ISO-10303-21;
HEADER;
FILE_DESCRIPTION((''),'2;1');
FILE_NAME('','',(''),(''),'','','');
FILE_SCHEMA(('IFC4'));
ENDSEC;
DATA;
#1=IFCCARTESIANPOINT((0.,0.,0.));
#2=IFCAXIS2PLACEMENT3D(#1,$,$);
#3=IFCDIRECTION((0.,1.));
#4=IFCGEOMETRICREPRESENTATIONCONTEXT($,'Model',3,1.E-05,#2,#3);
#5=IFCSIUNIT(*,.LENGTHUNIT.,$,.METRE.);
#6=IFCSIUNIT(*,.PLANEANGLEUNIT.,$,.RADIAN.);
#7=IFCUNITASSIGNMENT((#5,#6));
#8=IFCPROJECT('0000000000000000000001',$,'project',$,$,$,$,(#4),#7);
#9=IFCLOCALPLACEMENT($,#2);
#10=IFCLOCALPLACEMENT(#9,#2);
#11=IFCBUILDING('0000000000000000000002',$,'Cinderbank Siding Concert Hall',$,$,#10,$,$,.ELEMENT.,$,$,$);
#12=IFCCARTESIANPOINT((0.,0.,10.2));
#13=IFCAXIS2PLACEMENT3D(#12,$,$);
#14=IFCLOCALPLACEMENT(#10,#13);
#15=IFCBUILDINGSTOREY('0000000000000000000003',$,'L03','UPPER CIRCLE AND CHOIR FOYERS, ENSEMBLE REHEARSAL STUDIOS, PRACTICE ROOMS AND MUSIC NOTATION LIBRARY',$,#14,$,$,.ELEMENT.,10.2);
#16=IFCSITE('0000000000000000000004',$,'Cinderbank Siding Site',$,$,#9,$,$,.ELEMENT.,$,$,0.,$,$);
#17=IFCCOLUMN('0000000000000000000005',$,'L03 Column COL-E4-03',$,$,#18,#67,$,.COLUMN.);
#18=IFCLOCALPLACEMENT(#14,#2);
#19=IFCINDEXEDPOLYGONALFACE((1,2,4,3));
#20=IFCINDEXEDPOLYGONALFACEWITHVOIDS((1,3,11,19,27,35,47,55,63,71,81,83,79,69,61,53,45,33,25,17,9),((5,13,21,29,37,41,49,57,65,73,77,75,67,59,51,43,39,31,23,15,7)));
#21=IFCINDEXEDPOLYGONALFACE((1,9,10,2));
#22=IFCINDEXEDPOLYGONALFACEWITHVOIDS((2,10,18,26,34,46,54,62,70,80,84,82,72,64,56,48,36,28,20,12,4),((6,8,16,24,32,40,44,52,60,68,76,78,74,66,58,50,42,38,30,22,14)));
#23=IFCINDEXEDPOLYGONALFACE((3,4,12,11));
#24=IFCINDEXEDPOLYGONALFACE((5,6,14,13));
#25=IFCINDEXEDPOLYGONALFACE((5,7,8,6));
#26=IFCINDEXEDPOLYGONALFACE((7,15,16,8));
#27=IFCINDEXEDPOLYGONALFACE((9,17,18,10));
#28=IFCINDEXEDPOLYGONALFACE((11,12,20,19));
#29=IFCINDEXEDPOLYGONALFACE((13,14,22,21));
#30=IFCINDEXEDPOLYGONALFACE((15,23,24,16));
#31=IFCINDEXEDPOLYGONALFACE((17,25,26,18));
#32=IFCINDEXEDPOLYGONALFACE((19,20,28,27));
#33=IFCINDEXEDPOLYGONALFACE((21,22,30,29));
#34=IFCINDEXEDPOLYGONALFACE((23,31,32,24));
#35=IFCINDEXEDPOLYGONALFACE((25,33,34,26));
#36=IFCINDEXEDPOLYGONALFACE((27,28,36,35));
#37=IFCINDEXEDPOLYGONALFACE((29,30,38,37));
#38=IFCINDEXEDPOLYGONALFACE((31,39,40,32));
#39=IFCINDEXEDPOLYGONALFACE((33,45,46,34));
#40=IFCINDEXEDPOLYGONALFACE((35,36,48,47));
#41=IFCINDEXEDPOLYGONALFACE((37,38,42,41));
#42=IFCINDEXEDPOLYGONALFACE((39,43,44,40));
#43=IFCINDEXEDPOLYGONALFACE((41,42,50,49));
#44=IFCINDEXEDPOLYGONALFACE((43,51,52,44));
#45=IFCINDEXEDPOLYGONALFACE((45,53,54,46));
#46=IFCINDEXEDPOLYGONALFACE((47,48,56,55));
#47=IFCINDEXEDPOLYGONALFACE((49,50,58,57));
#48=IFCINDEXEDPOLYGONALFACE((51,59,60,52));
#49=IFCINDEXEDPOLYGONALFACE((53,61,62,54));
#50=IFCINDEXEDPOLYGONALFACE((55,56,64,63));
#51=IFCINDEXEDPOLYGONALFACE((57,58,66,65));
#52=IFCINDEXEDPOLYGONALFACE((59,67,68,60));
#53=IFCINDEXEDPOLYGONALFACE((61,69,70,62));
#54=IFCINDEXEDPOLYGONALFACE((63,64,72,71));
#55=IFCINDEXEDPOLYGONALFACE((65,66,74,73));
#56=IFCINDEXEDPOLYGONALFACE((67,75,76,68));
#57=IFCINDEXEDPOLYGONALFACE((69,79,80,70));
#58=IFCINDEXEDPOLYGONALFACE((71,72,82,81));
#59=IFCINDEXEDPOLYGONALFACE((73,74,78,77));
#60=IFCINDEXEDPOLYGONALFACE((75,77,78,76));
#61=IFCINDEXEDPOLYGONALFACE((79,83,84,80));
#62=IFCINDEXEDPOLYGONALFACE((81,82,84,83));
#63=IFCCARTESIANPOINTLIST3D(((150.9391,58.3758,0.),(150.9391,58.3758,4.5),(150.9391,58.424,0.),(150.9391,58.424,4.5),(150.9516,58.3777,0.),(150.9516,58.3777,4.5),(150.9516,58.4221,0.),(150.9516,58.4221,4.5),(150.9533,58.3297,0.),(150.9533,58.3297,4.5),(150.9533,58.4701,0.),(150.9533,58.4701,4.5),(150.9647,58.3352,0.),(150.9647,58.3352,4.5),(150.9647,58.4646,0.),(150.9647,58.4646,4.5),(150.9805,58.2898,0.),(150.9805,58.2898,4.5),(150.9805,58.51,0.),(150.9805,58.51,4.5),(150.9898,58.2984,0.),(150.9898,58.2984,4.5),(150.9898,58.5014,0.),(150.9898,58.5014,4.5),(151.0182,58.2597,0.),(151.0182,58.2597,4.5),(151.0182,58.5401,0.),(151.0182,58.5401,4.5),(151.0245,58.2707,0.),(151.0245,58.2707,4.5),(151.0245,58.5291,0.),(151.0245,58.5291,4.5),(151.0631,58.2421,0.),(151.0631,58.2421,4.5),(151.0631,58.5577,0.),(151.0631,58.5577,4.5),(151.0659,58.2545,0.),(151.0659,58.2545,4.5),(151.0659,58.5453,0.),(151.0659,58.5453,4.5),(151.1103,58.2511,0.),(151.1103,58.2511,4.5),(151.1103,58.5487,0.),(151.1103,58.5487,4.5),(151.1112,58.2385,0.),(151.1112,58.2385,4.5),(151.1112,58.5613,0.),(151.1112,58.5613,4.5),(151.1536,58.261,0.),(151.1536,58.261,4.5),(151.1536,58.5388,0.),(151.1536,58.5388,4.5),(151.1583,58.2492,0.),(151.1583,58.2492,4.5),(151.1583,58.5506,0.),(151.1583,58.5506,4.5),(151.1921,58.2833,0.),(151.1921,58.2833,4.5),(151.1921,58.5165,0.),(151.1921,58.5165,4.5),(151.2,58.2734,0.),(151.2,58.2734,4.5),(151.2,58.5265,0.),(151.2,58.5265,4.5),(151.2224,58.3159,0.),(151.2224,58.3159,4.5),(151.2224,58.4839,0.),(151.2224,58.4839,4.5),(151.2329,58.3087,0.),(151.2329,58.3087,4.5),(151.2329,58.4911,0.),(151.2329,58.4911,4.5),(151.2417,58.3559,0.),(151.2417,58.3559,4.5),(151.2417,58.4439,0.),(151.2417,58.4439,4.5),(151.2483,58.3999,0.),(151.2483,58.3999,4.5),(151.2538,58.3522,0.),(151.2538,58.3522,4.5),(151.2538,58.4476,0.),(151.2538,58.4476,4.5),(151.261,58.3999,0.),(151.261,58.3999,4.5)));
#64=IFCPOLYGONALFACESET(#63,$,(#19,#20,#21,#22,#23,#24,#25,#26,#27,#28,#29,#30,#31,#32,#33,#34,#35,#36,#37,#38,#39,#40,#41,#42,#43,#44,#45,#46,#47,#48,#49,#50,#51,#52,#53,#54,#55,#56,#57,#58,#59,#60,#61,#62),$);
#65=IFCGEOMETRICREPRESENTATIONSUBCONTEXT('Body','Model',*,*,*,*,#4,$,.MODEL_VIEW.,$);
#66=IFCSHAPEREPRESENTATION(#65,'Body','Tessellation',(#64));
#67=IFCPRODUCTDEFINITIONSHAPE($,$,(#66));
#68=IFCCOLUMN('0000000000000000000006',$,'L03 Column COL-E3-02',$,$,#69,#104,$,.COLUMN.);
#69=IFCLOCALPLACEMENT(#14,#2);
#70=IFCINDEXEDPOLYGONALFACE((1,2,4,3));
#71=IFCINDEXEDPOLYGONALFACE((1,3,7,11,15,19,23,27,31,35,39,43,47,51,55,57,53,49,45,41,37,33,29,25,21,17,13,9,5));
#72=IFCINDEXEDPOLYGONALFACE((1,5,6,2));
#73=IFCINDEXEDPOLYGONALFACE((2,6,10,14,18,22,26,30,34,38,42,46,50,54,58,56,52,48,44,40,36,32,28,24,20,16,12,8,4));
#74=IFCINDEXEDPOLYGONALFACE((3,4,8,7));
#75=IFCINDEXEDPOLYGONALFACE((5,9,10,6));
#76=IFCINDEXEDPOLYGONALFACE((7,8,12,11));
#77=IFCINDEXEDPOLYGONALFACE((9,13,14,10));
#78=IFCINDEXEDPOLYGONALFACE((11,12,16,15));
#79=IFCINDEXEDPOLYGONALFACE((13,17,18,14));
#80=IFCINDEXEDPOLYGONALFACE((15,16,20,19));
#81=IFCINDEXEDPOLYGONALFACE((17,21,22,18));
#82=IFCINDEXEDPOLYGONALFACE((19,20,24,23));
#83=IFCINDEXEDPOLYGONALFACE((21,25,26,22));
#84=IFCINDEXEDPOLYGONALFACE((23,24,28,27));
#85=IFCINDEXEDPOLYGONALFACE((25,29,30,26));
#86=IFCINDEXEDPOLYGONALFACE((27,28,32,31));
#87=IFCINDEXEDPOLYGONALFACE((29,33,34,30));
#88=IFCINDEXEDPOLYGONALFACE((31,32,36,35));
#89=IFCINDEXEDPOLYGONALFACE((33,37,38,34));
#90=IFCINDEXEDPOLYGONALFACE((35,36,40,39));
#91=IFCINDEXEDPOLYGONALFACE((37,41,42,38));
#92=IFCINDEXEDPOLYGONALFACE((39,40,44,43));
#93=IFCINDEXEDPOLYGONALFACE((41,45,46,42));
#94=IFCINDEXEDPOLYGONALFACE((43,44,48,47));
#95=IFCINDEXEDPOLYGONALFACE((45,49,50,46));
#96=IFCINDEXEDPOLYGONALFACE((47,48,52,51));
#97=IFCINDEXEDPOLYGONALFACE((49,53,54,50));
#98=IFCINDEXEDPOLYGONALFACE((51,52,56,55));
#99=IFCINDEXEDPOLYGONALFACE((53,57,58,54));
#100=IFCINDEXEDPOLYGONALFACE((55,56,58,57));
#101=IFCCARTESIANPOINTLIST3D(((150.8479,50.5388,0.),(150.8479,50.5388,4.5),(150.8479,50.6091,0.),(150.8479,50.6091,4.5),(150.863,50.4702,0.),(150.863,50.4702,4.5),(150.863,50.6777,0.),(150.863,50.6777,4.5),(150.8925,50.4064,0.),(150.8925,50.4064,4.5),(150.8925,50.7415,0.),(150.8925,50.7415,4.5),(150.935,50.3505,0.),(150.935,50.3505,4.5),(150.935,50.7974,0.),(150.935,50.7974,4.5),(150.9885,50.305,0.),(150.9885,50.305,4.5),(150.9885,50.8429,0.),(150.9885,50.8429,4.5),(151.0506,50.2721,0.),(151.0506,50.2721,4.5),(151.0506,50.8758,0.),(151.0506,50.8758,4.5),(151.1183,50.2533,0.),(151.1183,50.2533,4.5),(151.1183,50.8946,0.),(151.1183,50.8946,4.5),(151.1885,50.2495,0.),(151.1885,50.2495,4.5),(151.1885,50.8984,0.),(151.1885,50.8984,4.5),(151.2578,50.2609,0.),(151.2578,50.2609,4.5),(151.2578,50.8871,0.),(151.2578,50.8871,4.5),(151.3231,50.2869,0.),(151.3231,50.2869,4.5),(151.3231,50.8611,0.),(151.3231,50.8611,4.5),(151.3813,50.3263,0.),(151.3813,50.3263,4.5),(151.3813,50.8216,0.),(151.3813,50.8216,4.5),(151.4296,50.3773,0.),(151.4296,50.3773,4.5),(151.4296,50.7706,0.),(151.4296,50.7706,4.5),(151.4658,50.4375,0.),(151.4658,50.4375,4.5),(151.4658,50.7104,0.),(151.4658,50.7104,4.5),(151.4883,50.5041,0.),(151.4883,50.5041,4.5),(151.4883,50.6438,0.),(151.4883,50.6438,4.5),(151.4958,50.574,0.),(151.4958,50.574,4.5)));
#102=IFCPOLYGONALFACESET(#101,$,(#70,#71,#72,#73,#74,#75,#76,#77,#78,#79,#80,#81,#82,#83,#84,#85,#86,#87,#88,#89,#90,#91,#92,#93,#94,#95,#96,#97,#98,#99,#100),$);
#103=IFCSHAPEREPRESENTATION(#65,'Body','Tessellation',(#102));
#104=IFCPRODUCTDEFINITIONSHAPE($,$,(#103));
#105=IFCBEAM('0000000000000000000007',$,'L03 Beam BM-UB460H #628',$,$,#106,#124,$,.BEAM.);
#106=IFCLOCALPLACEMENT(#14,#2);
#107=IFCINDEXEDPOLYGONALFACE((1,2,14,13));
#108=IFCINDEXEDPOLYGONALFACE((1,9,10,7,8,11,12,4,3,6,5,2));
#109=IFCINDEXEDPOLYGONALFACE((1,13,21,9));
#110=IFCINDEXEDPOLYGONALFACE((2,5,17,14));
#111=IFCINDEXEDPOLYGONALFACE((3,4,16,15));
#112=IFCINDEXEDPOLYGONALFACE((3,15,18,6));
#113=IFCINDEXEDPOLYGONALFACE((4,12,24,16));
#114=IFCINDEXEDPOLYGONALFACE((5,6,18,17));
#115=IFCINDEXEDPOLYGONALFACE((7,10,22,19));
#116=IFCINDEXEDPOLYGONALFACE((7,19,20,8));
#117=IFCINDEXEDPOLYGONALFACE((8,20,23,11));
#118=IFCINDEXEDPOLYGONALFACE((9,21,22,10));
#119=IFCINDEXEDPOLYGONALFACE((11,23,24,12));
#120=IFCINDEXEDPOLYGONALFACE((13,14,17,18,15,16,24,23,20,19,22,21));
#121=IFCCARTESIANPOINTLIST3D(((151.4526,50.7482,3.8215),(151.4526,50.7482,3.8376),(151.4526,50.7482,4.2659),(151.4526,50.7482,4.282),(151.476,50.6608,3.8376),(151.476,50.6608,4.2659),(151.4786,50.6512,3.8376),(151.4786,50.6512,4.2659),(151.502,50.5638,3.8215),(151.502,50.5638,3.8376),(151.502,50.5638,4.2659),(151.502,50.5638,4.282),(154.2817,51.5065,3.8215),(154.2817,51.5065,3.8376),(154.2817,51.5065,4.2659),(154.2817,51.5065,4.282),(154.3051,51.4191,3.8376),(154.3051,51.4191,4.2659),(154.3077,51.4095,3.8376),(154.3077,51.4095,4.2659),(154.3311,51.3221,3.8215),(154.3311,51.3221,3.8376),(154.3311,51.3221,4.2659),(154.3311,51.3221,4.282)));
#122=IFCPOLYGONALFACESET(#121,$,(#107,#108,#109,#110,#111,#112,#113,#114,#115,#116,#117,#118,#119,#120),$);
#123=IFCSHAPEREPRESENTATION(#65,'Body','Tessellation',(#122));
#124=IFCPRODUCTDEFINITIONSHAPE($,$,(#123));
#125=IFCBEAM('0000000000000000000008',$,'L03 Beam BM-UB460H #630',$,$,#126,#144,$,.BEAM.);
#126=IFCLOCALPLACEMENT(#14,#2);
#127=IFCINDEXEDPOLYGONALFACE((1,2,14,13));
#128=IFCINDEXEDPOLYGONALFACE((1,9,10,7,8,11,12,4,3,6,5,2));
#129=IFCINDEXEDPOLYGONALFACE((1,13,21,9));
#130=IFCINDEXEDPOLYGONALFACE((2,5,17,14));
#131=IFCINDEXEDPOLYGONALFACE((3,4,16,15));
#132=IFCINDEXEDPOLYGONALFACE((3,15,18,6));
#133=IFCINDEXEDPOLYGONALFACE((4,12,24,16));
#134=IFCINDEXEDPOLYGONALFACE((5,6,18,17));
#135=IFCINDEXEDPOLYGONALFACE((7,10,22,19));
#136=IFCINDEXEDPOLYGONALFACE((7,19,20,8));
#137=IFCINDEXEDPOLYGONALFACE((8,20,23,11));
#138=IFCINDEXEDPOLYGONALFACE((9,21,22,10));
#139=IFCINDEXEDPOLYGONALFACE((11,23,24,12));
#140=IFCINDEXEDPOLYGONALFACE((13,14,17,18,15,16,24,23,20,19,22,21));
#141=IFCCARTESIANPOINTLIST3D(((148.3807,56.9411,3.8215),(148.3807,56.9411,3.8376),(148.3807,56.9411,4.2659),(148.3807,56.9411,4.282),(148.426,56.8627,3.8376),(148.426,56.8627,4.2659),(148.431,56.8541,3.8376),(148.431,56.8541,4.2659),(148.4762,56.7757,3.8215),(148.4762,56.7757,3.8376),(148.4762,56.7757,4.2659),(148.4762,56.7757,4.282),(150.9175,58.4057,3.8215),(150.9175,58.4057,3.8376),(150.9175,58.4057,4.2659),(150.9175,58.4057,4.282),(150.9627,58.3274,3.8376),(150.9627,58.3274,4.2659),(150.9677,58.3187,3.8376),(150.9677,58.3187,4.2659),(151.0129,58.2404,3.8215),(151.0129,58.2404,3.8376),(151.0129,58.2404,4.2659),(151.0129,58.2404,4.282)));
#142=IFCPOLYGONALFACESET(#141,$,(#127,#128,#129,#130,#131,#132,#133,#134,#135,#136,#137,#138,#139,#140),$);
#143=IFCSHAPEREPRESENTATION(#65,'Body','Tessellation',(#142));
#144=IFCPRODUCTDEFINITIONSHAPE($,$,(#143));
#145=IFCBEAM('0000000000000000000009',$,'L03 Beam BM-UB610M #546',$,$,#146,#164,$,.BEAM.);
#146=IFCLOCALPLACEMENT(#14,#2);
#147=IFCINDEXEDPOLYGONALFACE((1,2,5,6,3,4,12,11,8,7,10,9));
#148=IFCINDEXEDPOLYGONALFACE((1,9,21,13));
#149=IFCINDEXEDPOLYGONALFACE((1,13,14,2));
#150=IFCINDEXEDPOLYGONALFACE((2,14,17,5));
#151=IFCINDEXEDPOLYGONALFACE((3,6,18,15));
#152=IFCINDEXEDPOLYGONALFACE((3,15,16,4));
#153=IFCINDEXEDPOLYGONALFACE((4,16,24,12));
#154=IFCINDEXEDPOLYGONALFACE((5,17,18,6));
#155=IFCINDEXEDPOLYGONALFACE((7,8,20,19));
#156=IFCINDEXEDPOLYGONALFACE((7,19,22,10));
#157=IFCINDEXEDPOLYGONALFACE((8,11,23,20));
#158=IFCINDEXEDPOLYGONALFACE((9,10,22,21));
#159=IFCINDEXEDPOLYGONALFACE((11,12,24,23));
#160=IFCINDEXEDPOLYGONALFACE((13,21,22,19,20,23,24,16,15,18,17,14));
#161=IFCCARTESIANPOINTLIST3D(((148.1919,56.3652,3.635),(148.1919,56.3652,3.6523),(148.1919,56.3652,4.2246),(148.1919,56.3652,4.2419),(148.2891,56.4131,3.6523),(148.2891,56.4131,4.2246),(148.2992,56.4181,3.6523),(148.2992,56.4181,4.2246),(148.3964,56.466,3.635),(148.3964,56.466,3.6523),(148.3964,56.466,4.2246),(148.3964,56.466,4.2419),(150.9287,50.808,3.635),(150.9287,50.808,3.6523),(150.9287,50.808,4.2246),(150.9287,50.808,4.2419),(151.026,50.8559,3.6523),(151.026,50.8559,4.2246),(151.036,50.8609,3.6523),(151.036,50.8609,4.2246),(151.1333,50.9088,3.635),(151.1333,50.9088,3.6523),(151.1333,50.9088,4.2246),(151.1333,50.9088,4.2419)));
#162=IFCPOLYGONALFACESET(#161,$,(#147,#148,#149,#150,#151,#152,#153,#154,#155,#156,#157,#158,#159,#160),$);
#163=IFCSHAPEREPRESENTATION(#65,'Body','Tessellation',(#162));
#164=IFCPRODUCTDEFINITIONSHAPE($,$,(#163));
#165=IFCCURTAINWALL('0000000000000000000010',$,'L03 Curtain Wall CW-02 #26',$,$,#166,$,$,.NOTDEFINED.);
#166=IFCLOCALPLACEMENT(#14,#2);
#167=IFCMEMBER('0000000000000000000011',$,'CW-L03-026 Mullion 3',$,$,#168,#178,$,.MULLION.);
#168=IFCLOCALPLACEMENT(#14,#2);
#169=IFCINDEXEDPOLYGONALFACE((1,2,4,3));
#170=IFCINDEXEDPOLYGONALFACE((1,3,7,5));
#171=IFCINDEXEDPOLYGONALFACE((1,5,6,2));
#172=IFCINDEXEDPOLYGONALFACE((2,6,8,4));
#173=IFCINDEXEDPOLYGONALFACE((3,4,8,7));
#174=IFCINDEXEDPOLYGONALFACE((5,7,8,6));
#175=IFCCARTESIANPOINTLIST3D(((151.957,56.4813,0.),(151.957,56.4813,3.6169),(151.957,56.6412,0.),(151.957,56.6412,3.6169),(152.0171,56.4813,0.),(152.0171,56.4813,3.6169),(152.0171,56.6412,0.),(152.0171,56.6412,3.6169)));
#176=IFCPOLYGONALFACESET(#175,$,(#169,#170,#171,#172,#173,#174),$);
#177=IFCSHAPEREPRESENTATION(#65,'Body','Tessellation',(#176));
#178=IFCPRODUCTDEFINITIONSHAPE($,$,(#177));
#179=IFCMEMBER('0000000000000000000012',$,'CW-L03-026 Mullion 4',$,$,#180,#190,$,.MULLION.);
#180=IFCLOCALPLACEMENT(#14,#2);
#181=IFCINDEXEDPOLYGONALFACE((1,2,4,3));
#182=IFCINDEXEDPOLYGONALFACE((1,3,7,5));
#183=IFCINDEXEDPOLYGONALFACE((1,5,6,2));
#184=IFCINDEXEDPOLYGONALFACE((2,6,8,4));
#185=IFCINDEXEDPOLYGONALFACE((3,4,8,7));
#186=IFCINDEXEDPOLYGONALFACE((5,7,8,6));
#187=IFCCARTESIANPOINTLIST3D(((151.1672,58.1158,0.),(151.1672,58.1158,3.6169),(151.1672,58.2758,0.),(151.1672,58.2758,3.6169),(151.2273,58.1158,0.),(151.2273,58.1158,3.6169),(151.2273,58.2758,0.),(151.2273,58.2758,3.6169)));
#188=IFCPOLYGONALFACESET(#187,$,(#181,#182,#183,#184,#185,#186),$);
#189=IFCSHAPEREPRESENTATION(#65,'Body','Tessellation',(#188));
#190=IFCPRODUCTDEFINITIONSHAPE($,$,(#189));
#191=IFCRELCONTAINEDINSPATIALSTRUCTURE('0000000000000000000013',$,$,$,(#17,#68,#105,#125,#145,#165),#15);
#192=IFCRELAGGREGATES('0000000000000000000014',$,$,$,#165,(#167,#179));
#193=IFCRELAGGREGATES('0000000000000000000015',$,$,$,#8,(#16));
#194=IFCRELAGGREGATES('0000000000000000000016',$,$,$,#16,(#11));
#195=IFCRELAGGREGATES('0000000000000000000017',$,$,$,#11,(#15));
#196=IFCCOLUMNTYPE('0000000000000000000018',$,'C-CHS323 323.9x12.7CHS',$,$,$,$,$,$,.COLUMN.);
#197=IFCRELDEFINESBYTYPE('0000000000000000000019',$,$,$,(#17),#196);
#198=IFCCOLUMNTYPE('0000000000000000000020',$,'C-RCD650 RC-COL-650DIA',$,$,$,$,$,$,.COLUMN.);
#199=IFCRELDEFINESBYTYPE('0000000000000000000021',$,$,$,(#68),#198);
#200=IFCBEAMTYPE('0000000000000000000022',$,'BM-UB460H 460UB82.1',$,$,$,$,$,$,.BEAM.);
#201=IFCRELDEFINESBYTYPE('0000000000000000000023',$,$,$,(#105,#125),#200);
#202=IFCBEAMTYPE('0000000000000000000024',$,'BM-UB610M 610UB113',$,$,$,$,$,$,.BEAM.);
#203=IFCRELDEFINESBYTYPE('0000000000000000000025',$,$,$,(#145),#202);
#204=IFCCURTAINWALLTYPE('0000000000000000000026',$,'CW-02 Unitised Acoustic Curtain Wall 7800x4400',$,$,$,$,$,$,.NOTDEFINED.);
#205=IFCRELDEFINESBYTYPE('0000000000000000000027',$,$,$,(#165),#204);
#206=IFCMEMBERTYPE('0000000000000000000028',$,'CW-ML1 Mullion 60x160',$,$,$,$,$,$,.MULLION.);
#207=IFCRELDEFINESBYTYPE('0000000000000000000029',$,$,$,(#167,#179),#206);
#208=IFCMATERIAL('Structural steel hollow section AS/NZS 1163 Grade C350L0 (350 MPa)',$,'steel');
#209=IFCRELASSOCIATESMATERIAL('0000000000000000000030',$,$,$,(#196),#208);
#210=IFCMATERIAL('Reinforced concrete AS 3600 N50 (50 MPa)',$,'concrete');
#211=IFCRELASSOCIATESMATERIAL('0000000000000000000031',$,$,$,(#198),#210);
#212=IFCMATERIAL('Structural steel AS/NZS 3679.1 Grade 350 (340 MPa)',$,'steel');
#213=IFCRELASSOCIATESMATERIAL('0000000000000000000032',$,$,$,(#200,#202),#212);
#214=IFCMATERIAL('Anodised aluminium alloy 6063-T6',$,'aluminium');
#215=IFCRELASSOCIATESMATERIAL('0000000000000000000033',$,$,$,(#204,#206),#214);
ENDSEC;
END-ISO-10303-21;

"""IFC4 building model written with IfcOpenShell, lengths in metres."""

from ifc_helpers import new_model, si_unit, direction, frame, origin, origin_2d, place, context, subcontext, project, spatial, rectangle, circle, hollow_circle, i_section, extrude, material, material_profile, profile_set, type_object, element, aggregate, save


model = new_model("IFC4")

# Units and contexts
model_context = context("Model", 3, precision=1e-05, world=origin(), true_north=direction((0.0, 1.0)))
body_context = subcontext(model_context, "Body", "Model", "MODEL_VIEW")
ifc_project = project(units=[si_unit("LENGTHUNIT", "METRE"), si_unit("PLANEANGLEUNIT", "RADIAN")], contexts=[model_context])

# Site, building, storey
site_placement = place(None, origin())
site = spatial("IfcSite", under=ifc_project, at=site_placement, Name="Cinderbank Siding Site", CompositionType="ELEMENT", RefElevation=0.0)
building_placement = place(site_placement, origin())
building = spatial("IfcBuilding", under=site, at=building_placement, Name="Cinderbank Siding Concert Hall", CompositionType="ELEMENT")
storey_placement = place(building_placement, frame((0.0, 0.0, 10.2)))
storey = spatial("IfcBuildingStorey", under=building, at=storey_placement, Name="L03", Description="UPPER CIRCLE AND CHOIR FOYERS, ENSEMBLE REHEARSAL STUDIOS, PRACTICE ROOMS AND MUSIC NOTATION LIBRARY", CompositionType="ELEMENT", Elevation=10.2)

# Columns
ifc_material_1 = material(Name="Structural steel hollow section AS/NZS 1163 Grade C350L0 (350 MPa)", Category="steel")
ifc_material_profile_1 = material_profile(ifc_material_1, hollow_circle(Radius=0.1619, WallThickness=0.0127, at=origin_2d()), Name="323.9x12.7CHS", Category="LoadBearing")
ifc_profile_set_1 = profile_set([ifc_material_profile_1], Name="Structural steel hollow section AS/NZS 1163 Grade C350L0 (350 MPa)")
column_type_1 = type_object("IfcColumnType", Name="C-CHS323 323.9x12.7CHS", PredefinedType="COLUMN", material=ifc_profile_set_1)
column_1_placement = place(storey_placement, frame((151.0991, 58.3999, 0.0), z_axis=(0.0, 0.0, 1.0), x_axis=(1.0, 0.0, 0.0)))
element("IfcColumn", 1, at=column_1_placement, inside=storey, type_object=column_type_1, Name="L03 Column COL-E4-03", PredefinedType="COLUMN", context=body_context, shape_type="SweptSolid", body=[
    extrude(hollow_circle(Radius=0.1619, WallThickness=0.0127, at=origin_2d()), origin(), (0.0, 0.0, 1.0), 4.5),
])
ifc_material_2 = material(Name="Reinforced concrete AS 3600 N50 (50 MPa)", Category="concrete")
ifc_material_profile_2 = material_profile(ifc_material_2, circle(Radius=0.325, at=origin_2d()), Name="RC-COL-650DIA", Category="LoadBearing")
ifc_profile_set_2 = profile_set([ifc_material_profile_2], Name="Reinforced concrete AS 3600 N50 (50 MPa)")
column_type_2 = type_object("IfcColumnType", Name="C-RCD650 RC-COL-650DIA", PredefinedType="COLUMN", material=ifc_profile_set_2)
column_2_placement = place(storey_placement, frame((151.1709, 50.574, 0.0), z_axis=(0.0, 0.0, 1.0), x_axis=(1.0, 0.0, 0.0)))
element("IfcColumn", 2, at=column_2_placement, inside=storey, type_object=column_type_2, Name="L03 Column COL-E3-02", PredefinedType="COLUMN", context=body_context, shape_type="SweptSolid", body=[
    extrude(circle(Radius=0.325, at=origin_2d()), origin(), (0.0, 0.0, 1.0), 4.5),
])

# Beams
ifc_material_3 = material(Name="Structural steel AS/NZS 3679.1 Grade 350 (340 MPa)", Category="steel")
ifc_material_profile_3 = material_profile(ifc_material_3, i_section(OverallWidth=0.1909, OverallDepth=0.4604, WebThickness=0.01, FlangeThickness=0.0161, at=origin_2d()), Name="460UB82.1", Category="LoadBearing")
ifc_profile_set_3 = profile_set([ifc_material_profile_3], Name="Structural steel AS/NZS 3679.1 Grade 350 (340 MPa)")
beam_type_1 = type_object("IfcBeamType", Name="BM-UB460H 460UB82.1", PredefinedType="BEAM", material=ifc_profile_set_3)
beam_1_placement = place(storey_placement, frame((151.4773, 50.656, 4.0518), z_axis=(0.965905, 0.258897, 0.0), x_axis=(-0.258897, 0.965905, 0.0)))
element("IfcBeam", 3, at=beam_1_placement, inside=storey, type_object=beam_type_1, Name="L03 Beam BM-UB460H #628", PredefinedType="BEAM", context=body_context, shape_type="SweptSolid", body=[
    extrude(i_section(OverallWidth=0.1909, OverallDepth=0.4604, WebThickness=0.01, FlangeThickness=0.0161, at=origin_2d()), origin(), (0.0, 0.0, 1.0), 2.929),
])
beam_2_placement = place(storey_placement, frame((148.4285, 56.8584, 4.0518), z_axis=(0.866013, 0.500021, 0.0), x_axis=(-0.500021, 0.866013, 0.0)))
element("IfcBeam", 4, at=beam_2_placement, inside=storey, type_object=beam_type_1, Name="L03 Beam BM-UB460H #630", PredefinedType="BEAM", context=body_context, shape_type="SweptSolid", body=[
    extrude(i_section(OverallWidth=0.1909, OverallDepth=0.4604, WebThickness=0.01, FlangeThickness=0.0161, at=origin_2d()), origin(), (0.0, 0.0, 1.0), 2.9292),
])
ifc_material_profile_4 = material_profile(ifc_material_3, i_section(OverallWidth=0.228, OverallDepth=0.6069, WebThickness=0.0112, FlangeThickness=0.0173, at=origin_2d()), Name="610UB113", Category="LoadBearing")
ifc_profile_set_4 = profile_set([ifc_material_profile_4], Name="Structural steel AS/NZS 3679.1 Grade 350 (340 MPa)")
beam_type_2 = type_object("IfcBeamType", Name="BM-UB610M 610UB113", PredefinedType="BEAM", material=ifc_profile_set_4)
beam_3_placement = place(storey_placement, frame((151.031, 50.8584, 3.9385), z_axis=(-0.441814, 0.897107, 0.0), x_axis=(-0.897107, -0.441814, 0.0)))
element("IfcBeam", 5, at=beam_3_placement, inside=storey, type_object=beam_type_2, Name="L03 Beam BM-UB610M #546", PredefinedType="BEAM", context=body_context, shape_type="SweptSolid", body=[
    extrude(i_section(OverallWidth=0.228, OverallDepth=0.6069, WebThickness=0.0112, FlangeThickness=0.0173, at=origin_2d()), origin(), (0.0, 0.0, 1.0), 6.1946),
])

# Curtain wall, members
ifc_material_4 = material(Name="Anodised aluminium alloy 6063-T6", Category="aluminium")
curtain_wall_type_1 = type_object("IfcCurtainWallType", Name="CW-02 Unitised Acoustic Curtain Wall 7800x4400", PredefinedType="NOTDEFINED", material=ifc_material_4)
curtain_wall_1_placement = place(storey_placement, origin())
curtain_wall_1 = element("IfcCurtainWall", 6, at=curtain_wall_1_placement, inside=storey, type_object=curtain_wall_type_1, Name="L03 Curtain Wall CW-02 #26", PredefinedType="NOTDEFINED")
ifc_material_profile_5 = material_profile(ifc_material_4, rectangle(XDim=0.0601, YDim=0.1599, at=origin_2d()), Name="ALU-MULL-60x160", Category="LoadBearing")
ifc_profile_set_5 = profile_set([ifc_material_profile_5], Name="Anodised aluminium alloy 6063-T6")
member_type_1 = type_object("IfcMemberType", Name="CW-ML1 Mullion 60x160", PredefinedType="MULLION", material=ifc_profile_set_5)
member_1_placement = place(storey_placement, frame((151.9871, 56.5613, 0.0), z_axis=(0.0, 0.0, 1.0), x_axis=(1.0, 0.0, 0.0)))
member_1 = element("IfcMember", 7, at=member_1_placement, type_object=member_type_1, Name="CW-L03-026 Mullion 3", PredefinedType="MULLION", context=body_context, shape_type="SweptSolid", body=[
    extrude(rectangle(XDim=0.0601, YDim=0.1599, at=origin_2d()), origin(), (0.0, 0.0, 1.0), 3.6169),
])
member_2_placement = place(storey_placement, frame((151.1973, 58.1958, 0.0), z_axis=(0.0, 0.0, 1.0), x_axis=(1.0, 0.0, 0.0)))
member_2 = element("IfcMember", 8, at=member_2_placement, type_object=member_type_1, Name="CW-L03-026 Mullion 4", PredefinedType="MULLION", context=body_context, shape_type="SweptSolid", body=[
    extrude(rectangle(XDim=0.0601, YDim=0.1599, at=origin_2d()), origin(), (0.0, 0.0, 1.0), 3.6169),
])

aggregate(curtain_wall_1, [member_1, member_2])

save(model, "model.ifc")
